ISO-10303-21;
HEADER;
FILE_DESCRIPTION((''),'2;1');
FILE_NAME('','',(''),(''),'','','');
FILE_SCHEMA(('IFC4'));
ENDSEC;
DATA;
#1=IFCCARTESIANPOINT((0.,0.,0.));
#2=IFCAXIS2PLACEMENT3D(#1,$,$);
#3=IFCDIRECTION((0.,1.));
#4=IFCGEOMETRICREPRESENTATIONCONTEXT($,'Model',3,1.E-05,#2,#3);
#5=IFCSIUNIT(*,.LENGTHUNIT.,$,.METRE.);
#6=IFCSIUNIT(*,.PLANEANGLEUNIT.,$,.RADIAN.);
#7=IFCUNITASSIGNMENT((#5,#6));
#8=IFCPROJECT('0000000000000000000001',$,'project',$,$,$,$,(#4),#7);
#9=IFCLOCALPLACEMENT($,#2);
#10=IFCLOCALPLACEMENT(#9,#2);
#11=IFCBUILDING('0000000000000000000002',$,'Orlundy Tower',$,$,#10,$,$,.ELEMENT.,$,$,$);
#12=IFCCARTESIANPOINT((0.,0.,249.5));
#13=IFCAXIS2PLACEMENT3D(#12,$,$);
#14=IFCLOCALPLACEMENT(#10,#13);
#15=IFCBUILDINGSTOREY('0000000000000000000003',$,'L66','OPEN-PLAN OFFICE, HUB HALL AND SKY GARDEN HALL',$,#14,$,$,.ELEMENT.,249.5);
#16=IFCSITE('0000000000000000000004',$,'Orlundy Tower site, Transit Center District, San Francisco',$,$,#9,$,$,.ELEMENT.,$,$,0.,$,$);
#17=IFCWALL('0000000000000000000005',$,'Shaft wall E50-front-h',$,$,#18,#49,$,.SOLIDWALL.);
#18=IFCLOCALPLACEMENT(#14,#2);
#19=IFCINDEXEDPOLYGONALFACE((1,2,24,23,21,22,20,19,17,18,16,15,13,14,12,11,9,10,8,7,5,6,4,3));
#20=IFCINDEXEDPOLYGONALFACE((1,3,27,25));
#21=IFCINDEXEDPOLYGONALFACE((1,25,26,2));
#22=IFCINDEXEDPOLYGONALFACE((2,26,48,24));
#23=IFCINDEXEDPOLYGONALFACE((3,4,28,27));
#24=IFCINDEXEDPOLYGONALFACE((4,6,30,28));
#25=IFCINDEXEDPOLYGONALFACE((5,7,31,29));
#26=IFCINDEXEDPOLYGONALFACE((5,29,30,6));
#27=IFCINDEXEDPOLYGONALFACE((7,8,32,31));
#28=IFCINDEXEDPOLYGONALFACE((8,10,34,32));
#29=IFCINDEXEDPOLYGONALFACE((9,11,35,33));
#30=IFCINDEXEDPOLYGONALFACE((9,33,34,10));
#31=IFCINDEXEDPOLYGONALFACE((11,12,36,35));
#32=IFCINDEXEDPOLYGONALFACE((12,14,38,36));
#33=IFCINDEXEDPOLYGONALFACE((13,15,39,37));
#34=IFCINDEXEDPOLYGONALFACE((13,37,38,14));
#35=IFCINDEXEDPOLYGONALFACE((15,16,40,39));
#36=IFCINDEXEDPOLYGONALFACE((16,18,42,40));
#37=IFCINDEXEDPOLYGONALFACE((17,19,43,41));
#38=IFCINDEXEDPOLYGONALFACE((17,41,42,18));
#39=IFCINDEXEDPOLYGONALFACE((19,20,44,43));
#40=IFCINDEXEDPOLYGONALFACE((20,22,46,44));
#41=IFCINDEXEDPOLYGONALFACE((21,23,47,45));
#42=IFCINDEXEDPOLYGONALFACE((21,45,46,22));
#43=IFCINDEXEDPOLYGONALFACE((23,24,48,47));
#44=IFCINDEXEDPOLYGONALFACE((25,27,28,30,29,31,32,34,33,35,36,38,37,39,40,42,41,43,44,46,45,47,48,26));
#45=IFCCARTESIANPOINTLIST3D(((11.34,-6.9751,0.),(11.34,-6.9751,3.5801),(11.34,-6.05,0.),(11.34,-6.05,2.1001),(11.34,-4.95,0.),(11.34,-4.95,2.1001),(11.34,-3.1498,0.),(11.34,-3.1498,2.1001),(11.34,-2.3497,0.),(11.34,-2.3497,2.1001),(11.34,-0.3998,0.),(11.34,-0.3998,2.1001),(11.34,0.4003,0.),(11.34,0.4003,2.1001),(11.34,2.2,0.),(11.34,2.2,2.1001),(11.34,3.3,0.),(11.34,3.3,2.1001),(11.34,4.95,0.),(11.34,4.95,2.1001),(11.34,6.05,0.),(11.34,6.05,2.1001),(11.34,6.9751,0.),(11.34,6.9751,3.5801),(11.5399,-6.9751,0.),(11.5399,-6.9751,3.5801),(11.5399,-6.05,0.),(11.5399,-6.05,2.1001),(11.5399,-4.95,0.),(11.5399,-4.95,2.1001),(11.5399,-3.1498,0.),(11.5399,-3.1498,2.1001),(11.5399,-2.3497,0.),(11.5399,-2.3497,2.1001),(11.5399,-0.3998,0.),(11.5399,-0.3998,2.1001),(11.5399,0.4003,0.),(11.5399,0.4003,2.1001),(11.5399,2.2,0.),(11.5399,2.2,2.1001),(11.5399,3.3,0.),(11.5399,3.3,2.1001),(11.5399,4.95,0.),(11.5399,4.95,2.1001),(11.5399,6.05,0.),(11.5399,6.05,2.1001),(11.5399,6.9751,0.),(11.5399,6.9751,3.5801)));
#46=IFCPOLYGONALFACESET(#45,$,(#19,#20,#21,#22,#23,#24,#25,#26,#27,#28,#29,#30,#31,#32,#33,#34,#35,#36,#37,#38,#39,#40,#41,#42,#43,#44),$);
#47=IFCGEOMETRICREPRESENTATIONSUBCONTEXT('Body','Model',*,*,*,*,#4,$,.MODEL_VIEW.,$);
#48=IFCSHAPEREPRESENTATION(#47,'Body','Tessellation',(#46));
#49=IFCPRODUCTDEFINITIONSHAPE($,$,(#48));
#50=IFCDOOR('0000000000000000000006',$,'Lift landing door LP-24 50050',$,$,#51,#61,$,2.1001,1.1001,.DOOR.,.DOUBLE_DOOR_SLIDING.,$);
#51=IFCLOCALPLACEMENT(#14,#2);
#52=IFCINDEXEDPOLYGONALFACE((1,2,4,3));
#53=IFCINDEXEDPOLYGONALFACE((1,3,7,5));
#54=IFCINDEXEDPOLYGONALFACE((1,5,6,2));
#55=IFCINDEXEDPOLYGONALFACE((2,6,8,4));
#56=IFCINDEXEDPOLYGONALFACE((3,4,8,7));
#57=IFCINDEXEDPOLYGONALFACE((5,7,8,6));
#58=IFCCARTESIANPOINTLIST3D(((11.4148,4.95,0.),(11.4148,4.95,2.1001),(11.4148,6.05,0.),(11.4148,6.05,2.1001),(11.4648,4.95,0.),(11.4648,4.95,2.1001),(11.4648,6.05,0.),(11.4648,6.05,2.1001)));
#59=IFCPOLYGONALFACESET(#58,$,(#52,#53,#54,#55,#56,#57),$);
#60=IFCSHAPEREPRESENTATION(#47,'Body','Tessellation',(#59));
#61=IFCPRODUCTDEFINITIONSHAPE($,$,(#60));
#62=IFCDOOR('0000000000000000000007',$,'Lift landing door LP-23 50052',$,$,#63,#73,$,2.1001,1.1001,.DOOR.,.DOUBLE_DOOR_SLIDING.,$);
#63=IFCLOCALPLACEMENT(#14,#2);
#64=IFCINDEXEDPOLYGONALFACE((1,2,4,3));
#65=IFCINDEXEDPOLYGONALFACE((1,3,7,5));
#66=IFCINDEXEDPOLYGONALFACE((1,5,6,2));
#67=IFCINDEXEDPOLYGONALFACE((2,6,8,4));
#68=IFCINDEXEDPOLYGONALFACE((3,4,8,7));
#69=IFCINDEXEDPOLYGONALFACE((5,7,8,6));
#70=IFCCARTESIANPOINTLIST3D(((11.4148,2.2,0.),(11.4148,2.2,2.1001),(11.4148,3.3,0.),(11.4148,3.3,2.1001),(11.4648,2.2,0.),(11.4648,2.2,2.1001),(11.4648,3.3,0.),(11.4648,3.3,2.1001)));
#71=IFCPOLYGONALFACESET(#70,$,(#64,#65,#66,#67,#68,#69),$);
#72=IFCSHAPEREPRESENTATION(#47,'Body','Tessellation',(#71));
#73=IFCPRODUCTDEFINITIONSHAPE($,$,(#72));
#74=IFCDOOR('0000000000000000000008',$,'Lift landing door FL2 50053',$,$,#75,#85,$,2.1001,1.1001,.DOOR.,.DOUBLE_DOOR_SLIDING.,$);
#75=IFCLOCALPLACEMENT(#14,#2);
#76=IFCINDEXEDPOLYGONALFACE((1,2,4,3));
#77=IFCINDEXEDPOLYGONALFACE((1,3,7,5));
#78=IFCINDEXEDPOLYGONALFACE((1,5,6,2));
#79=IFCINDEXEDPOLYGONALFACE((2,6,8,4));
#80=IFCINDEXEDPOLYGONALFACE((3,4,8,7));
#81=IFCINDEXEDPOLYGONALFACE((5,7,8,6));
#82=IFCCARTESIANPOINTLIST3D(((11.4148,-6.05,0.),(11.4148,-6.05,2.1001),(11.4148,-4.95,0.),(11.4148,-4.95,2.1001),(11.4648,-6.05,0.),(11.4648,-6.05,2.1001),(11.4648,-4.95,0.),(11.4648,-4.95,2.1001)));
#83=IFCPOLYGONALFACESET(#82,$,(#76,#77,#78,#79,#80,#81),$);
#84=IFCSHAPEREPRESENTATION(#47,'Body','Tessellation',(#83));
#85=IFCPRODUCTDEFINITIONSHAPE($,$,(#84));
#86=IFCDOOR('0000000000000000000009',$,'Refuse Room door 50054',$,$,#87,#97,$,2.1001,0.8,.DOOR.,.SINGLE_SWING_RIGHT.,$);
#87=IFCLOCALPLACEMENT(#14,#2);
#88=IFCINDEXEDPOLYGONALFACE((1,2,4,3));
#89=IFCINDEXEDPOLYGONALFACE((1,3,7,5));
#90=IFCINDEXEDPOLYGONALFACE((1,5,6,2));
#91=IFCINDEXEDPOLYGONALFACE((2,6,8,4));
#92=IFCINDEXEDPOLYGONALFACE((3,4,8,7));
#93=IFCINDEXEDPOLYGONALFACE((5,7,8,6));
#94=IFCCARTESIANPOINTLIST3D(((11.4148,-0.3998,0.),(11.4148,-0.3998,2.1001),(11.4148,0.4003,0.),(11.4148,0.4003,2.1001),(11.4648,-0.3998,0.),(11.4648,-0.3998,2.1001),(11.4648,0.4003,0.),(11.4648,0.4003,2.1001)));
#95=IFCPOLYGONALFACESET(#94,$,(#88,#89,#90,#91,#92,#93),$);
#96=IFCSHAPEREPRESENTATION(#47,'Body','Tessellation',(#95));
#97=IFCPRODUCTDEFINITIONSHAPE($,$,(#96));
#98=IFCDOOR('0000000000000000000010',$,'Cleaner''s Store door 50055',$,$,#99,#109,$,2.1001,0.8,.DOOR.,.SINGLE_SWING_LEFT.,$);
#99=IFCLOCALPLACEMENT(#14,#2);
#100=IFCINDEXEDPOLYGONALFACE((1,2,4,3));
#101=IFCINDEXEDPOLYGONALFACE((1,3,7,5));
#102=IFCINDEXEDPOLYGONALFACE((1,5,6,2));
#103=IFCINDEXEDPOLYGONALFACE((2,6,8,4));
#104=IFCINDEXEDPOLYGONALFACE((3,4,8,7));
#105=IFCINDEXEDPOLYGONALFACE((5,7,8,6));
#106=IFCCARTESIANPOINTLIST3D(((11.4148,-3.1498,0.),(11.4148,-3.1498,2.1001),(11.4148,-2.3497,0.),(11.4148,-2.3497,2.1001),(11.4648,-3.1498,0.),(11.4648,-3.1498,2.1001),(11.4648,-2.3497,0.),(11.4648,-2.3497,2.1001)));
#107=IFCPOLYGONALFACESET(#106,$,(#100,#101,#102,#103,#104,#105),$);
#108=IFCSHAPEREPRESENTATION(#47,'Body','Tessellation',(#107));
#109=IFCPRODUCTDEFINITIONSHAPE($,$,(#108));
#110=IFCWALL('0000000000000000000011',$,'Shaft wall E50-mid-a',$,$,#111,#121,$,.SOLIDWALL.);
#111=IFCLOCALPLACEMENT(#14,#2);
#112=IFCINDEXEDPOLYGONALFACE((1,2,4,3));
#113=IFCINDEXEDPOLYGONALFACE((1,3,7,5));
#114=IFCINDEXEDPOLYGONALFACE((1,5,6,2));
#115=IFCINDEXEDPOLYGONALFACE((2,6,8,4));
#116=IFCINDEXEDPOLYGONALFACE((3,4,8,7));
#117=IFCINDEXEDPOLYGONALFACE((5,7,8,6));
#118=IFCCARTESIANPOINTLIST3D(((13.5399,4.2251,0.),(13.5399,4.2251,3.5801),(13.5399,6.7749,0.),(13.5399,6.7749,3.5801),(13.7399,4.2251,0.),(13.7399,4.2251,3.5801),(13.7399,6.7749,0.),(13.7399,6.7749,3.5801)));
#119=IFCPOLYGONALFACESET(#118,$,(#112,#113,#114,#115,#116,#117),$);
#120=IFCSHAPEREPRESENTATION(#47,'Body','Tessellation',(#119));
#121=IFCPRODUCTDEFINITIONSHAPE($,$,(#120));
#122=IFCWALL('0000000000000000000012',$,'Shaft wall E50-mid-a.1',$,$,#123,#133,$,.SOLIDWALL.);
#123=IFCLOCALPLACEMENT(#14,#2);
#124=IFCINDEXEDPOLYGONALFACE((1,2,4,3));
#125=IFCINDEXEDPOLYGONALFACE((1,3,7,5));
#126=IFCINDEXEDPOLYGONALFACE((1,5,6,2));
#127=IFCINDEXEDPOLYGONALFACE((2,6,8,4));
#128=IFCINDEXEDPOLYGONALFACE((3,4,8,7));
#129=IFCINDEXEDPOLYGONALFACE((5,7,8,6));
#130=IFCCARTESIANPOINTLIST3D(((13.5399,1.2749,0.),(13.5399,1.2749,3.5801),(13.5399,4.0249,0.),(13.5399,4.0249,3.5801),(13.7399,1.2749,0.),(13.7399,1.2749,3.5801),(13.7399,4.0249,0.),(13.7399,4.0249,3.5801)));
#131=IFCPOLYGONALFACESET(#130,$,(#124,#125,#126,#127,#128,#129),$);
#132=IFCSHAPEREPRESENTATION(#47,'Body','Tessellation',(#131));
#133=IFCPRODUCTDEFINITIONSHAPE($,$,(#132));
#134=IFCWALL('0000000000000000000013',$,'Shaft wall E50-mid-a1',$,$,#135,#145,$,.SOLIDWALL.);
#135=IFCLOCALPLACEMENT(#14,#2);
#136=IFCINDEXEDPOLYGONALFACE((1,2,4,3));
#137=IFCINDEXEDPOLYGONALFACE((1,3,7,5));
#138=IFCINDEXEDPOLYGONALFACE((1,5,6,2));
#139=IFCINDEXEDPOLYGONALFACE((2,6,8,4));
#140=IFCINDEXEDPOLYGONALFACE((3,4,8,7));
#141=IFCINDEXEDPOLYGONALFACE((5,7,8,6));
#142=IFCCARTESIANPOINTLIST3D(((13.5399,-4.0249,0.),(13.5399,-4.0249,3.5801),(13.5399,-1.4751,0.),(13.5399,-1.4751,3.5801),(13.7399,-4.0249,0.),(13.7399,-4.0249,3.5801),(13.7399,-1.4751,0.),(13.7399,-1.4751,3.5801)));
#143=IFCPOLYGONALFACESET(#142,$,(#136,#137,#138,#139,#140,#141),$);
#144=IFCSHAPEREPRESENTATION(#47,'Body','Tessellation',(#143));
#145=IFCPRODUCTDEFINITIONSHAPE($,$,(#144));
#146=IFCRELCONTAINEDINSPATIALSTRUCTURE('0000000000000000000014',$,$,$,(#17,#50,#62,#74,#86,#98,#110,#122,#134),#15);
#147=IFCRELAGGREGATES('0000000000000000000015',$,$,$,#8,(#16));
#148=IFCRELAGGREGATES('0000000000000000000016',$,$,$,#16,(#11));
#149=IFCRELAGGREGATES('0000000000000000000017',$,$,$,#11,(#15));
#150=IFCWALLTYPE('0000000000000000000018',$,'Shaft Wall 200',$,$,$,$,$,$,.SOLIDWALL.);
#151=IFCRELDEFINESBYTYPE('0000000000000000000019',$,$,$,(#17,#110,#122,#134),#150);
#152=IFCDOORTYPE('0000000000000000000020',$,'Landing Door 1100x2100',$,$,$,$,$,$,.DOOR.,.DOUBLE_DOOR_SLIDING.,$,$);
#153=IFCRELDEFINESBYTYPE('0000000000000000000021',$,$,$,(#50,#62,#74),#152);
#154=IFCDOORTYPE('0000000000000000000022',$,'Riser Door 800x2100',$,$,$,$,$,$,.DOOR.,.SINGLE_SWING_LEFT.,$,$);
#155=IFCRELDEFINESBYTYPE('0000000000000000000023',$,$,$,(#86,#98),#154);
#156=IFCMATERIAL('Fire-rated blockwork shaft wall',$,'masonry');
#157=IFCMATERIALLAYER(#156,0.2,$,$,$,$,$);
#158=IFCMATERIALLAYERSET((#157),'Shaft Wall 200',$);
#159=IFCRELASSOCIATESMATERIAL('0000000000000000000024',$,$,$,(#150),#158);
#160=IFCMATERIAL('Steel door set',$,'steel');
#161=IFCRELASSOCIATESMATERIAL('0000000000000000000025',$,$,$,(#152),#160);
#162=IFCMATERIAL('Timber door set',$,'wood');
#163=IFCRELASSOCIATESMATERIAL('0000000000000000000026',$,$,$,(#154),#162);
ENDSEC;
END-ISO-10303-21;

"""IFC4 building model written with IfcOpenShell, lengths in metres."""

from ifc_helpers import new_model, si_unit, direction, frame, frame_2d, origin, place, context, subcontext, project, spatial, rectangle, extrude, material, layer, layer_set, type_object, element, fill, save


model = new_model("IFC4")

# Units and contexts
model_context = context("Model", 3, precision=1e-05, world=origin(), true_north=direction((0.0, 1.0)))
body_context = subcontext(model_context, "Body", "Model", "MODEL_VIEW")
ifc_project = project(units=[si_unit("LENGTHUNIT", "METRE"), si_unit("PLANEANGLEUNIT", "RADIAN")], contexts=[model_context])

# Site, building, storey
site_placement = place(None, origin())
site = spatial("IfcSite", under=ifc_project, at=site_placement, Name="Orlundy Tower site, Transit Center District, San Francisco", CompositionType="ELEMENT", RefElevation=0.0)
building_placement = place(site_placement, origin())
building = spatial("IfcBuilding", under=site, at=building_placement, Name="Orlundy Tower", CompositionType="ELEMENT")
storey_placement = place(building_placement, frame((0.0, 0.0, 249.5)))
storey = spatial("IfcBuildingStorey", under=building, at=storey_placement, Name="L66", Description="OPEN-PLAN OFFICE, HUB HALL AND SKY GARDEN HALL", CompositionType="ELEMENT", Elevation=249.5)

# Shared definitions
ifc_material_1 = material(Name="Fire-rated blockwork shaft wall", Category="masonry")
ifc_layer_1 = layer(ifc_material_1, 0.2)
ifc_layer_set_1 = layer_set([ifc_layer_1], Name="Shaft Wall 200")
wall_type_1 = type_object("IfcWallType", Name="Shaft Wall 200", PredefinedType="SOLIDWALL", material=ifc_layer_set_1)

# Wall, openings, doors
wall_1_placement = place(storey_placement, frame((11.4399, 6.9751, 0.0), z_axis=(0.0, 0.0, 1.0), x_axis=(0.0, -1.0, 0.0)))
wall_1 = element("IfcWall", 1, at=wall_1_placement, inside=storey, type_object=wall_type_1, Name="Shaft wall E50-front-h", PredefinedType="SOLIDWALL", context=body_context, shape_type="SweptSolid", body=[
    extrude(rectangle(XDim=13.9502, YDim=0.2, at=frame_2d((6.9751, 0.0))), origin(), (0.0, 0.0, 1.0), 3.5801),
])
opening_1_placement = place(wall_1_placement, frame((0.925, 0.0, 0.0)))
opening_1 = element("IfcOpeningElement", 2, at=opening_1_placement, cuts=wall_1, PredefinedType="OPENING", context=body_context, shape_type="SweptSolid", body=[
    extrude(rectangle(XDim=1.1001, YDim=2.1001, at=frame_2d((0.55, 1.05))), frame((0.0, 0.1101, 0.0), z_axis=(0.0, -1.0, 0.0), x_axis=(1.0, 0.0, 0.0)), (0.0, 0.0, 1.0), 0.2202),
])
opening_2_placement = place(wall_1_placement, frame((3.675, 0.0, 0.0)))
opening_2 = element("IfcOpeningElement", 3, at=opening_2_placement, cuts=wall_1, PredefinedType="OPENING", context=body_context, shape_type="SweptSolid", body=[
    extrude(rectangle(XDim=1.1001, YDim=2.1001, at=frame_2d((0.55, 1.05))), frame((0.0, 0.1101, 0.0), z_axis=(0.0, -1.0, 0.0), x_axis=(1.0, 0.0, 0.0)), (0.0, 0.0, 1.0), 0.2202),
])
opening_3_placement = place(wall_1_placement, frame((11.925, 0.0, 0.0)))
opening_3 = element("IfcOpeningElement", 4, at=opening_3_placement, cuts=wall_1, PredefinedType="OPENING", context=body_context, shape_type="SweptSolid", body=[
    extrude(rectangle(XDim=1.1001, YDim=2.1001, at=frame_2d((0.55, 1.05))), frame((0.0, 0.1101, 0.0), z_axis=(0.0, -1.0, 0.0), x_axis=(1.0, 0.0, 0.0)), (0.0, 0.0, 1.0), 0.2202),
])
opening_4_placement = place(wall_1_placement, frame((6.575, 0.0, 0.0)))
opening_4 = element("IfcOpeningElement", 5, at=opening_4_placement, cuts=wall_1, PredefinedType="OPENING", context=body_context, shape_type="SweptSolid", body=[
    extrude(rectangle(XDim=0.8, YDim=2.1001, at=frame_2d((0.3999, 1.05))), frame((0.0, 0.1101, 0.0), z_axis=(0.0, -1.0, 0.0), x_axis=(1.0, 0.0, 0.0)), (0.0, 0.0, 1.0), 0.2202),
])
opening_5_placement = place(wall_1_placement, frame((9.325, 0.0, 0.0)))
opening_5 = element("IfcOpeningElement", 6, at=opening_5_placement, cuts=wall_1, PredefinedType="OPENING", context=body_context, shape_type="SweptSolid", body=[
    extrude(rectangle(XDim=0.8, YDim=2.1001, at=frame_2d((0.3999, 1.05))), frame((0.0, 0.1101, 0.0), z_axis=(0.0, -1.0, 0.0), x_axis=(1.0, 0.0, 0.0)), (0.0, 0.0, 1.0), 0.2202),
])
ifc_material_2 = material(Name="Steel door set", Category="steel")
door_type_1 = type_object("IfcDoorType", Name="Landing Door 1100x2100", OperationType="DOUBLE_DOOR_SLIDING", PredefinedType="DOOR", material=ifc_material_2)
door_1_placement = place(opening_1_placement, origin())
door_1 = element("IfcDoor", 7, at=door_1_placement, inside=storey, type_object=door_type_1, Name="Lift landing door LP-24 50050", OperationType="DOUBLE_DOOR_SLIDING", OverallHeight=2.1001, OverallWidth=1.1001, PredefinedType="DOOR", context=body_context, shape_type="SweptSolid", body=[
    extrude(rectangle(XDim=1.1001, YDim=2.1001, at=frame_2d((0.55, 1.05))), frame((0.0, 0.0249, 0.0), z_axis=(0.0, -1.0, 0.0), x_axis=(1.0, 0.0, 0.0)), (0.0, 0.0, 1.0), 0.05),
])
fill(opening_1, door_1)
door_2_placement = place(opening_2_placement, origin())
door_2 = element("IfcDoor", 8, at=door_2_placement, inside=storey, type_object=door_type_1, Name="Lift landing door LP-23 50052", OperationType="DOUBLE_DOOR_SLIDING", OverallHeight=2.1001, OverallWidth=1.1001, PredefinedType="DOOR", context=body_context, shape_type="SweptSolid", body=[
    extrude(rectangle(XDim=1.1001, YDim=2.1001, at=frame_2d((0.55, 1.05))), frame((0.0, 0.0249, 0.0), z_axis=(0.0, -1.0, 0.0), x_axis=(1.0, 0.0, 0.0)), (0.0, 0.0, 1.0), 0.05),
])
fill(opening_2, door_2)
door_3_placement = place(opening_3_placement, origin())
door_3 = element("IfcDoor", 9, at=door_3_placement, inside=storey, type_object=door_type_1, Name="Lift landing door FL2 50053", OperationType="DOUBLE_DOOR_SLIDING", OverallHeight=2.1001, OverallWidth=1.1001, PredefinedType="DOOR", context=body_context, shape_type="SweptSolid", body=[
    extrude(rectangle(XDim=1.1001, YDim=2.1001, at=frame_2d((0.55, 1.05))), frame((0.0, 0.0249, 0.0), z_axis=(0.0, -1.0, 0.0), x_axis=(1.0, 0.0, 0.0)), (0.0, 0.0, 1.0), 0.05),
])
fill(opening_3, door_3)
ifc_material_3 = material(Name="Timber door set", Category="wood")
door_type_2 = type_object("IfcDoorType", Name="Riser Door 800x2100", OperationType="SINGLE_SWING_LEFT", PredefinedType="DOOR", material=ifc_material_3)
door_4_placement = place(opening_4_placement, origin())
door_4 = element("IfcDoor", 10, at=door_4_placement, inside=storey, type_object=door_type_2, Name="Refuse Room door 50054", OperationType="SINGLE_SWING_RIGHT", OverallHeight=2.1001, OverallWidth=0.8, PredefinedType="DOOR", context=body_context, shape_type="SweptSolid", body=[
    extrude(rectangle(XDim=0.8, YDim=2.1001, at=frame_2d((0.3999, 1.05))), frame((0.0, 0.0249, 0.0), z_axis=(0.0, -1.0, 0.0), x_axis=(1.0, 0.0, 0.0)), (0.0, 0.0, 1.0), 0.05),
])
fill(opening_4, door_4)
door_5_placement = place(opening_5_placement, origin())
door_5 = element("IfcDoor", 11, at=door_5_placement, inside=storey, type_object=door_type_2, Name="Cleaner's Store door 50055", OperationType="SINGLE_SWING_LEFT", OverallHeight=2.1001, OverallWidth=0.8, PredefinedType="DOOR", context=body_context, shape_type="SweptSolid", body=[
    extrude(rectangle(XDim=0.8, YDim=2.1001, at=frame_2d((0.3999, 1.05))), frame((0.0, 0.0249, 0.0), z_axis=(0.0, -1.0, 0.0), x_axis=(1.0, 0.0, 0.0)), (0.0, 0.0, 1.0), 0.05),
])
fill(opening_5, door_5)

# Walls
wall_2_placement = place(storey_placement, frame((13.6399, 6.7749, 0.0), z_axis=(0.0, 0.0, 1.0), x_axis=(0.0, -1.0, 0.0)))
element("IfcWall", 12, at=wall_2_placement, inside=storey, type_object=wall_type_1, Name="Shaft wall E50-mid-a", PredefinedType="SOLIDWALL", context=body_context, shape_type="SweptSolid", body=[
    extrude(rectangle(XDim=2.5498, YDim=0.2, at=frame_2d((1.2749, 0.0))), origin(), (0.0, 0.0, 1.0), 3.5801),
])
wall_3_placement = place(storey_placement, frame((13.6399, 4.0249, 0.0), z_axis=(0.0, 0.0, 1.0), x_axis=(0.0, -1.0, 0.0)))
element("IfcWall", 13, at=wall_3_placement, inside=storey, type_object=wall_type_1, Name="Shaft wall E50-mid-a.1", PredefinedType="SOLIDWALL", context=body_context, shape_type="SweptSolid", body=[
    extrude(rectangle(XDim=2.75, YDim=0.2, at=frame_2d((1.375, 0.0))), origin(), (0.0, 0.0, 1.0), 3.5801),
])
wall_4_placement = place(storey_placement, frame((13.6399, -1.4751, 0.0), z_axis=(0.0, 0.0, 1.0), x_axis=(0.0, -1.0, 0.0)))
element("IfcWall", 14, at=wall_4_placement, inside=storey, type_object=wall_type_1, Name="Shaft wall E50-mid-a1", PredefinedType="SOLIDWALL", context=body_context, shape_type="SweptSolid", body=[
    extrude(rectangle(XDim=2.5498, YDim=0.2, at=frame_2d((1.2749, 0.0))), origin(), (0.0, 0.0, 1.0), 3.5801),
])

save(model, "model.ifc")
